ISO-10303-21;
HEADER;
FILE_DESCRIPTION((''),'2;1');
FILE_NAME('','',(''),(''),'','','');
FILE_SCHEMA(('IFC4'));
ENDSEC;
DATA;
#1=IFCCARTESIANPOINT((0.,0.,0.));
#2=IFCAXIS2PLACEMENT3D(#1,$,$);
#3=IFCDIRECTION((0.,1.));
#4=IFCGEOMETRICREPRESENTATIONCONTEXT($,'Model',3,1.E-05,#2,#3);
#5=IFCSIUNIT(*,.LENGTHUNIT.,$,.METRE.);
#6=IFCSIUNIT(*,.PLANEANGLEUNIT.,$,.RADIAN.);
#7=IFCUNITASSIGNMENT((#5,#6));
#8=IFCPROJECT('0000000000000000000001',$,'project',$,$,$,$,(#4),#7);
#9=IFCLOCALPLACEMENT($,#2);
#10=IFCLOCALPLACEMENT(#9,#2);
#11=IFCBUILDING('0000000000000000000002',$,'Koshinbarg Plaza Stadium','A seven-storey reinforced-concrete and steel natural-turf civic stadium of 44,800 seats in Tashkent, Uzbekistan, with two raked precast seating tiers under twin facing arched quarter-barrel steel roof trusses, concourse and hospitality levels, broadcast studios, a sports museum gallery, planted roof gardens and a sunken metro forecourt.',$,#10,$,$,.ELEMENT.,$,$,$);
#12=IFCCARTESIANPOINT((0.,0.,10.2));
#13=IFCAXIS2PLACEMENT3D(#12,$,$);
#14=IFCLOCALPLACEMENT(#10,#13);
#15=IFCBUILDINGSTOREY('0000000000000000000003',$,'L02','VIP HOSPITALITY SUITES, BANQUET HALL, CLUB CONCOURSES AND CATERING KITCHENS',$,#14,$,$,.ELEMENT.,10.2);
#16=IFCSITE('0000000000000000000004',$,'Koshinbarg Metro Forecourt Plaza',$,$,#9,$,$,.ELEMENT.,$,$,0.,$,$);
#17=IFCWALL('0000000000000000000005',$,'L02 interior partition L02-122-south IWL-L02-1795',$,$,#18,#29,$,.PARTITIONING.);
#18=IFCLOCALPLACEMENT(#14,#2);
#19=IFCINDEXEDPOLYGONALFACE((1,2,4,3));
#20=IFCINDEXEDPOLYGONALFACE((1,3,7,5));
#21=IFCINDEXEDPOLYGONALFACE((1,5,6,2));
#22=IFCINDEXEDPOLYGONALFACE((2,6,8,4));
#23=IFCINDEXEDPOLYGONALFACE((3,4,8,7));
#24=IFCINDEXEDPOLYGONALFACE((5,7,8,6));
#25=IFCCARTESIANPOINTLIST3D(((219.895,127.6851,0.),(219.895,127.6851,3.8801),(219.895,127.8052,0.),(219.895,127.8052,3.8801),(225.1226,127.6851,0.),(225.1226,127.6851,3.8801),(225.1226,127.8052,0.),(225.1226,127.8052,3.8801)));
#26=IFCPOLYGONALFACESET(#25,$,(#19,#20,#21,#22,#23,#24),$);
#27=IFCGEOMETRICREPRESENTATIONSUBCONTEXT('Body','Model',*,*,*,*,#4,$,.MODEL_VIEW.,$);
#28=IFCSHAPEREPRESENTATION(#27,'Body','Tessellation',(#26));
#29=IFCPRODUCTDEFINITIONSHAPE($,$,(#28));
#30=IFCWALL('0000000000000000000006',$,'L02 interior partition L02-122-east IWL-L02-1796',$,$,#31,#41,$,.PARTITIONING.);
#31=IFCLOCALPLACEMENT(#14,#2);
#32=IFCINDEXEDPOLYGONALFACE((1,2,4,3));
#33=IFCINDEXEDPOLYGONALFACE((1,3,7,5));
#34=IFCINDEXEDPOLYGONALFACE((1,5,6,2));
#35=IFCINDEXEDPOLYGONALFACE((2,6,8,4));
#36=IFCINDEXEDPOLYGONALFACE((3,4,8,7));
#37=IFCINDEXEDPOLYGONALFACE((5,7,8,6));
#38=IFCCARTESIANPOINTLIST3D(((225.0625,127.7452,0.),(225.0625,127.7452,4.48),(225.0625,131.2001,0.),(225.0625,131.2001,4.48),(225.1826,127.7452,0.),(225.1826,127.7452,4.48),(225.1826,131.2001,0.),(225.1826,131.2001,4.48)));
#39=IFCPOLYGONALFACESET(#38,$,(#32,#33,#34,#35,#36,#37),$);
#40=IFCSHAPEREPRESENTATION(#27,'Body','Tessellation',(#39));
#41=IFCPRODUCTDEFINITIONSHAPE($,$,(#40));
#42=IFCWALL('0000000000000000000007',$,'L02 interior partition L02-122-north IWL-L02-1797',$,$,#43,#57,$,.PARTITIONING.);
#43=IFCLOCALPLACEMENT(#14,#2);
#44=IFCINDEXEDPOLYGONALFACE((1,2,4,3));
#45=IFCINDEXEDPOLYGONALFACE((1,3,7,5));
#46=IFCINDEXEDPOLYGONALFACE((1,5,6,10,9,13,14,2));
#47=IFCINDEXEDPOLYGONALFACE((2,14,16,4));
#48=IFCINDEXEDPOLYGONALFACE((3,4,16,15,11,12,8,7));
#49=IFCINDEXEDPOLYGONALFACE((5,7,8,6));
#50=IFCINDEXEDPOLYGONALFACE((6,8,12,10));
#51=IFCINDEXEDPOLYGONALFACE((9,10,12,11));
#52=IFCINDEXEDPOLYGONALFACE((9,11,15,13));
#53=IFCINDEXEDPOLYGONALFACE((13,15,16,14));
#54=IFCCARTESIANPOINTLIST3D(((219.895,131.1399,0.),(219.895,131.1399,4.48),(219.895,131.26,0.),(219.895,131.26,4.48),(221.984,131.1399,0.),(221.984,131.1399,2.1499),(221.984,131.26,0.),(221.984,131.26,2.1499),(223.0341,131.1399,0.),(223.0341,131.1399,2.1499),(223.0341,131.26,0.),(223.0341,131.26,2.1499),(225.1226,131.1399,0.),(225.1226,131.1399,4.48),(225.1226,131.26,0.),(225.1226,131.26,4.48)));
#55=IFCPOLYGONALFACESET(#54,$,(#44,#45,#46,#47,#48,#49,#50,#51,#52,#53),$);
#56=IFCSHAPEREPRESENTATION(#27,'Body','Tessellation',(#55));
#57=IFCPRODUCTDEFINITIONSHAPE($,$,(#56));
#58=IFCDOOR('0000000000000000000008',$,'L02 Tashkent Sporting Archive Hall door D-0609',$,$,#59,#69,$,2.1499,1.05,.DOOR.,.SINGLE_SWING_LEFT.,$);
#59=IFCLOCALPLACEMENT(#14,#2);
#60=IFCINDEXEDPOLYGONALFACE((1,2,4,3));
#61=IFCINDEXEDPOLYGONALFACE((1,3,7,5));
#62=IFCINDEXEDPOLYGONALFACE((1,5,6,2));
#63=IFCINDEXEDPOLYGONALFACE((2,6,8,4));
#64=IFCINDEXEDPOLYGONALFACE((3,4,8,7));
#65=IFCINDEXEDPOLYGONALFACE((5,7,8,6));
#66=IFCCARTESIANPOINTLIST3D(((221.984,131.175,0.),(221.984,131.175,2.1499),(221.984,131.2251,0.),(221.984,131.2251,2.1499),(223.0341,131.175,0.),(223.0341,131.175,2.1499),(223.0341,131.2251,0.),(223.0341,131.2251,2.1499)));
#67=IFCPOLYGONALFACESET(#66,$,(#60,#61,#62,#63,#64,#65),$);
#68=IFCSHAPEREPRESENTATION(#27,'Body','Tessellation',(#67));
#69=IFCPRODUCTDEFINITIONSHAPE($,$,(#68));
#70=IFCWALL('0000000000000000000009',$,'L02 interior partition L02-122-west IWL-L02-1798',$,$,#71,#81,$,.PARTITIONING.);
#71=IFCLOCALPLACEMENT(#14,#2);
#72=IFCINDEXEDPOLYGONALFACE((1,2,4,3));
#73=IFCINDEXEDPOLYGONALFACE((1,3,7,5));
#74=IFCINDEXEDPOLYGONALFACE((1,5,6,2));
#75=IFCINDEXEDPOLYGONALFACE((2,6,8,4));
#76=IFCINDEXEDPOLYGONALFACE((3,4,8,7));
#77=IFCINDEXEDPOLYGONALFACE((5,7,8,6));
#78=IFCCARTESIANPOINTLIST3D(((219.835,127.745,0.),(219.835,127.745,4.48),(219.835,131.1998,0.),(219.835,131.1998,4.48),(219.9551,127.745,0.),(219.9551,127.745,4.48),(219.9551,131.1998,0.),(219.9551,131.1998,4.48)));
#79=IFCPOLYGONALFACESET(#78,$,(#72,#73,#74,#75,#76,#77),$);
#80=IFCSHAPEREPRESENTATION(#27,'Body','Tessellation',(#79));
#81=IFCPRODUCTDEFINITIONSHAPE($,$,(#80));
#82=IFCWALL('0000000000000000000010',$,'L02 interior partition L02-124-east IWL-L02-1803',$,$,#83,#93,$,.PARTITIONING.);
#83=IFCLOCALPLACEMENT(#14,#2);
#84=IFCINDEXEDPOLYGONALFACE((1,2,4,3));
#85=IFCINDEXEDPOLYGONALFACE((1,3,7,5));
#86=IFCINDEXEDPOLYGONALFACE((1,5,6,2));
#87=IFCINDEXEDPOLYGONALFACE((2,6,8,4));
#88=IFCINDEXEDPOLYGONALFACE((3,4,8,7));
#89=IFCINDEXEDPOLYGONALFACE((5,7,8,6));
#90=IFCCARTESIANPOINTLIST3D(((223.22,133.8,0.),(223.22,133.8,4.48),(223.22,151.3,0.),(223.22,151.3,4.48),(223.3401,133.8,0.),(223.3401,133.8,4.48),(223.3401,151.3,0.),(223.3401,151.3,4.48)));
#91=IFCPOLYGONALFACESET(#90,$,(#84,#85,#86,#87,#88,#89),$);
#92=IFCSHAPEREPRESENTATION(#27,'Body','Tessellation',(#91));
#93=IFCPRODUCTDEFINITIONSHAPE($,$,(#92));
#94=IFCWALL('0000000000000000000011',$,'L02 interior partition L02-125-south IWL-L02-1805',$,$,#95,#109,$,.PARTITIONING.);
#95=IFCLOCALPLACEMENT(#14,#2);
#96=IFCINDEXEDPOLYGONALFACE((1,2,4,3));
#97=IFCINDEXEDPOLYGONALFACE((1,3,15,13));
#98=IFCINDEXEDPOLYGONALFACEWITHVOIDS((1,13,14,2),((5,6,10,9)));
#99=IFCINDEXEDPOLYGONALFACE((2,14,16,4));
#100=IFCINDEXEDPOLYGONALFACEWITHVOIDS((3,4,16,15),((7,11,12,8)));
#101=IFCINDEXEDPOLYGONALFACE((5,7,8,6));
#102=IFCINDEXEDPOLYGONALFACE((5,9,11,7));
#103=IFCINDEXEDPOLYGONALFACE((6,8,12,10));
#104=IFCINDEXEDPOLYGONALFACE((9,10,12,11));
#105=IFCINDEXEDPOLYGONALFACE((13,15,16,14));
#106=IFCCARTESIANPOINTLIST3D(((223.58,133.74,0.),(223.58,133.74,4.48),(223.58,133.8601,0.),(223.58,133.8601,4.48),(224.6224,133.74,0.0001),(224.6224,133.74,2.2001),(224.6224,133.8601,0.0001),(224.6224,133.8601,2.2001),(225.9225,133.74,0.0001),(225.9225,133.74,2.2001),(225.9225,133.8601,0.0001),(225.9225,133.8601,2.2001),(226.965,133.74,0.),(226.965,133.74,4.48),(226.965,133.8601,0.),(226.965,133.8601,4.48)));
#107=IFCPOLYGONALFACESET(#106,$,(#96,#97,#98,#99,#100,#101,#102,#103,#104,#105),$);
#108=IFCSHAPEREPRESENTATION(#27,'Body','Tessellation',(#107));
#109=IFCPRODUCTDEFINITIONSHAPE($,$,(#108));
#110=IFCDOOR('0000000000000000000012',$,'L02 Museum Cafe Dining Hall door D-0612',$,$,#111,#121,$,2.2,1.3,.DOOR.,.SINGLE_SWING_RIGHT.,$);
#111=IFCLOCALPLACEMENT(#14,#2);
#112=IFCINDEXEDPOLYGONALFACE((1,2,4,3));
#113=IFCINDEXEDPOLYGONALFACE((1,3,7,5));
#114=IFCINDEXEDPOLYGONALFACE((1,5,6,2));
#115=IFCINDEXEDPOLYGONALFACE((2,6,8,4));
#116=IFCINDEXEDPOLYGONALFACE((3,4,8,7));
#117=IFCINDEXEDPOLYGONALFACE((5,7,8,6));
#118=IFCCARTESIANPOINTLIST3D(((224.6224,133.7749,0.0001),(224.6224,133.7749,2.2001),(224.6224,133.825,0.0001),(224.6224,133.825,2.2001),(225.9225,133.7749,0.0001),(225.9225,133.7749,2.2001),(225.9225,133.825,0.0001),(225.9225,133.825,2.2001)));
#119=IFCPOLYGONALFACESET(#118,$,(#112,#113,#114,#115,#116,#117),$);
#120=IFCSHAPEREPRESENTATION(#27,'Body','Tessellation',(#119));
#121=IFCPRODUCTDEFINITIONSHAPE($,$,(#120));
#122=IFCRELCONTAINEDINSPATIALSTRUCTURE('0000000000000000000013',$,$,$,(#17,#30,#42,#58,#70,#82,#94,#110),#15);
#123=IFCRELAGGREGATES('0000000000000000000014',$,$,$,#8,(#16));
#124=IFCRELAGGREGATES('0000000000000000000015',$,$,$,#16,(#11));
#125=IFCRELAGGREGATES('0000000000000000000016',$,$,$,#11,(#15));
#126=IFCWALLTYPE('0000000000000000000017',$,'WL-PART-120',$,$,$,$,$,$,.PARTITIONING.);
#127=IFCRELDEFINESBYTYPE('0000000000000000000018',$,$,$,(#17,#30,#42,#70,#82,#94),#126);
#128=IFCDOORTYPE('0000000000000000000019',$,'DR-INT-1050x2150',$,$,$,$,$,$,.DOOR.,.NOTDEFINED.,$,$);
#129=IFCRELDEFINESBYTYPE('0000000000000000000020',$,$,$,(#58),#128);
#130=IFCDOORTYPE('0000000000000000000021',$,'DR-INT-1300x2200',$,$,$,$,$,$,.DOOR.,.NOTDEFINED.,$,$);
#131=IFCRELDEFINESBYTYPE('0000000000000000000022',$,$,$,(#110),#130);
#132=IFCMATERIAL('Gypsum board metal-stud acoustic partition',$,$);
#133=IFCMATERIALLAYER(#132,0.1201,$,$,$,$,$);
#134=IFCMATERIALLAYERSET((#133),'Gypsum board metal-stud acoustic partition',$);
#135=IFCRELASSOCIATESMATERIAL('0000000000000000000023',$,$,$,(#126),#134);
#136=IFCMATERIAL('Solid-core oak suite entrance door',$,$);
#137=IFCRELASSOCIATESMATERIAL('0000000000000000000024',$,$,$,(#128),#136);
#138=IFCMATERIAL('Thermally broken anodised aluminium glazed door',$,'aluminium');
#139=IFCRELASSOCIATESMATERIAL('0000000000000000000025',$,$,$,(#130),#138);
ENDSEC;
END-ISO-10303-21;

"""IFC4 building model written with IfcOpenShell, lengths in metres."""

from ifc_helpers import new_model, si_unit, direction, frame, frame_2d, origin, place, context, subcontext, project, spatial, rectangle, extrude, material, layer, layer_set, type_object, element, fill, save


model = new_model("IFC4")

# Units and contexts
model_context = context("Model", 3, precision=1e-05, world=origin(), true_north=direction((0.0, 1.0)))
body_context = subcontext(model_context, "Body", "Model", "MODEL_VIEW")
ifc_project = project(units=[si_unit("LENGTHUNIT", "METRE"), si_unit("PLANEANGLEUNIT", "RADIAN")], contexts=[model_context])

# Site, building, storey
site_placement = place(None, origin())
site = spatial("IfcSite", under=ifc_project, at=site_placement, Name="Koshinbarg Metro Forecourt Plaza", CompositionType="ELEMENT", RefElevation=0.0)
building_placement = place(site_placement, origin())
building = spatial("IfcBuilding", under=site, at=building_placement, Name="Koshinbarg Plaza Stadium", Description="A seven-storey reinforced-concrete and steel natural-turf civic stadium of 44,800 seats in Tashkent, Uzbekistan, with two raked precast seating tiers under twin facing arched quarter-barrel steel roof trusses, concourse and hospitality levels, broadcast studios, a sports museum gallery, planted roof gardens and a sunken metro forecourt.", CompositionType="ELEMENT")
storey_placement = place(building_placement, frame((0.0, 0.0, 10.2)))
storey = spatial("IfcBuildingStorey", under=building, at=storey_placement, Name="L02", Description="VIP HOSPITALITY SUITES, BANQUET HALL, CLUB CONCOURSES AND CATERING KITCHENS", CompositionType="ELEMENT", Elevation=10.2)

# Shared definitions
ifc_material_1 = material(Name="Gypsum board metal-stud acoustic partition")
ifc_layer = layer(ifc_material_1, 0.1201)
ifc_layer_set = layer_set([ifc_layer], Name="Gypsum board metal-stud acoustic partition")
wall_type = type_object("IfcWallType", Name="WL-PART-120", PredefinedType="PARTITIONING", material=ifc_layer_set)

# Walls
wall_1_placement = place(storey_placement, frame((219.895, 127.7451, 0.0), z_axis=(0.0, 0.0, 1.0), x_axis=(1.0, 0.0, 0.0)))
element("IfcWall", 1, at=wall_1_placement, inside=storey, type_object=wall_type, Name="L02 interior partition L02-122-south IWL-L02-1795", PredefinedType="PARTITIONING", context=body_context, shape_type="SweptSolid", body=[
    extrude(rectangle(XDim=5.2275, YDim=0.1201, at=frame_2d((2.6138, 0.0))), origin(), (0.0, 0.0, 1.0), 3.8801),
])
wall_2_placement = place(storey_placement, frame((225.1226, 127.7451, 0.0), z_axis=(0.0, 0.0, 1.0), x_axis=(0.0, 1.0, 0.0)))
element("IfcWall", 2, at=wall_2_placement, inside=storey, type_object=wall_type, Name="L02 interior partition L02-122-east IWL-L02-1796", PredefinedType="PARTITIONING", context=body_context, shape_type="SweptSolid", body=[
    extrude(rectangle(XDim=3.4548, YDim=0.1201, at=frame_2d((1.7275, 0.0))), origin(), (0.0, 0.0, 1.0), 4.48),
])

# Wall, opening, door
wall_3_placement = place(storey_placement, frame((225.1226, 131.2, 0.0), z_axis=(0.0, 0.0, 1.0), x_axis=(-1.0, 0.0, 0.0)))
wall_3 = element("IfcWall", 3, at=wall_3_placement, inside=storey, type_object=wall_type, Name="L02 interior partition L02-122-north IWL-L02-1797", PredefinedType="PARTITIONING", context=body_context, shape_type="SweptSolid", body=[
    extrude(rectangle(XDim=5.2275, YDim=0.1201, at=frame_2d((2.6138, 0.0))), origin(), (0.0, 0.0, 1.0), 4.48),
])
opening_1_placement = place(wall_3_placement, frame((2.0886, 0.0, 0.0)))
opening_1 = element("IfcOpeningElement", 4, at=opening_1_placement, cuts=wall_3, PredefinedType="OPENING", context=body_context, shape_type="SweptSolid", body=[
    extrude(rectangle(XDim=1.05, YDim=2.1499, at=frame_2d((0.5249, 1.075))), frame((0.0, 0.0701, 0.0), z_axis=(0.0, -1.0, 0.0), x_axis=(1.0, 0.0, 0.0)), (0.0, 0.0, 1.0), 0.1401),
])
ifc_material_2 = material(Name="Solid-core oak suite entrance door")
door_type_1 = type_object("IfcDoorType", Name="DR-INT-1050x2150", OperationType="NOTDEFINED", PredefinedType="DOOR", material=ifc_material_2)
door_1_placement = place(opening_1_placement, origin())
door_1 = element("IfcDoor", 5, at=door_1_placement, inside=storey, type_object=door_type_1, Name="L02 Tashkent Sporting Archive Hall door D-0609", OperationType="SINGLE_SWING_LEFT", OverallHeight=2.1499, OverallWidth=1.05, PredefinedType="DOOR", context=body_context, shape_type="SweptSolid", body=[
    extrude(rectangle(XDim=1.05, YDim=2.1499, at=frame_2d((0.5249, 1.075))), frame((0.0, 0.0249, 0.0), z_axis=(0.0, -1.0, 0.0), x_axis=(1.0, 0.0, 0.0)), (0.0, 0.0, 1.0), 0.05),
])
fill(opening_1, door_1)

# Wall
wall_4_placement = place(storey_placement, frame((219.895, 131.2, 0.0), z_axis=(0.0, 0.0, 1.0), x_axis=(0.0, -1.0, 0.0)))
element("IfcWall", 6, at=wall_4_placement, inside=storey, type_object=wall_type, Name="L02 interior partition L02-122-west IWL-L02-1798", PredefinedType="PARTITIONING", context=body_context, shape_type="SweptSolid", body=[
    extrude(rectangle(XDim=3.4548, YDim=0.1201, at=frame_2d((1.7275, 0.0))), origin(), (0.0, 0.0, 1.0), 4.48),
])

# Wall
wall_5_placement = place(storey_placement, frame((223.28, 133.8, 0.0), z_axis=(0.0, 0.0, 1.0), x_axis=(0.0, 1.0, 0.0)))
element("IfcWall", 7, at=wall_5_placement, inside=storey, type_object=wall_type, Name="L02 interior partition L02-124-east IWL-L02-1803", PredefinedType="PARTITIONING", context=body_context, shape_type="SweptSolid", body=[
    extrude(rectangle(XDim=17.5, YDim=0.1201, at=frame_2d((8.75, 0.0))), origin(), (0.0, 0.0, 1.0), 4.48),
])

# Wall, opening, door
wall_6_placement = place(storey_placement, frame((223.5801, 133.8, 0.0), z_axis=(0.0, 0.0, 1.0), x_axis=(1.0, 0.0, 0.0)))
wall_6 = element("IfcWall", 8, at=wall_6_placement, inside=storey, type_object=wall_type, Name="L02 interior partition L02-125-south IWL-L02-1805", PredefinedType="PARTITIONING", context=body_context, shape_type="SweptSolid", body=[
    extrude(rectangle(XDim=3.385, YDim=0.1201, at=frame_2d((1.6924, 0.0))), origin(), (0.0, 0.0, 1.0), 4.48),
])
opening_2_placement = place(wall_6_placement, frame((1.0425, 0.0, 0.0)))
opening_2 = element("IfcOpeningElement", 9, at=opening_2_placement, cuts=wall_6, PredefinedType="OPENING", context=body_context, shape_type="SweptSolid", body=[
    extrude(rectangle(XDim=1.3, YDim=2.2, at=frame_2d((0.6499, 1.1001))), frame((0.0, 0.0701, 0.0), z_axis=(0.0, -1.0, 0.0), x_axis=(1.0, 0.0, 0.0)), (0.0, 0.0, 1.0), 0.1401),
])
ifc_material_3 = material(Name="Thermally broken anodised aluminium glazed door", Category="aluminium")
door_type_2 = type_object("IfcDoorType", Name="DR-INT-1300x2200", OperationType="NOTDEFINED", PredefinedType="DOOR", material=ifc_material_3)
door_2_placement = place(opening_2_placement, origin())
door_2 = element("IfcDoor", 10, at=door_2_placement, inside=storey, type_object=door_type_2, Name="L02 Museum Cafe Dining Hall door D-0612", OperationType="SINGLE_SWING_RIGHT", OverallHeight=2.2, OverallWidth=1.3, PredefinedType="DOOR", context=body_context, shape_type="SweptSolid", body=[
    extrude(rectangle(XDim=1.3, YDim=2.2, at=frame_2d((0.6499, 1.1001))), frame((0.0, 0.0249, 0.0), z_axis=(0.0, -1.0, 0.0), x_axis=(1.0, 0.0, 0.0)), (0.0, 0.0, 1.0), 0.05),
])
fill(opening_2, door_2)

save(model, "model.ifc")
